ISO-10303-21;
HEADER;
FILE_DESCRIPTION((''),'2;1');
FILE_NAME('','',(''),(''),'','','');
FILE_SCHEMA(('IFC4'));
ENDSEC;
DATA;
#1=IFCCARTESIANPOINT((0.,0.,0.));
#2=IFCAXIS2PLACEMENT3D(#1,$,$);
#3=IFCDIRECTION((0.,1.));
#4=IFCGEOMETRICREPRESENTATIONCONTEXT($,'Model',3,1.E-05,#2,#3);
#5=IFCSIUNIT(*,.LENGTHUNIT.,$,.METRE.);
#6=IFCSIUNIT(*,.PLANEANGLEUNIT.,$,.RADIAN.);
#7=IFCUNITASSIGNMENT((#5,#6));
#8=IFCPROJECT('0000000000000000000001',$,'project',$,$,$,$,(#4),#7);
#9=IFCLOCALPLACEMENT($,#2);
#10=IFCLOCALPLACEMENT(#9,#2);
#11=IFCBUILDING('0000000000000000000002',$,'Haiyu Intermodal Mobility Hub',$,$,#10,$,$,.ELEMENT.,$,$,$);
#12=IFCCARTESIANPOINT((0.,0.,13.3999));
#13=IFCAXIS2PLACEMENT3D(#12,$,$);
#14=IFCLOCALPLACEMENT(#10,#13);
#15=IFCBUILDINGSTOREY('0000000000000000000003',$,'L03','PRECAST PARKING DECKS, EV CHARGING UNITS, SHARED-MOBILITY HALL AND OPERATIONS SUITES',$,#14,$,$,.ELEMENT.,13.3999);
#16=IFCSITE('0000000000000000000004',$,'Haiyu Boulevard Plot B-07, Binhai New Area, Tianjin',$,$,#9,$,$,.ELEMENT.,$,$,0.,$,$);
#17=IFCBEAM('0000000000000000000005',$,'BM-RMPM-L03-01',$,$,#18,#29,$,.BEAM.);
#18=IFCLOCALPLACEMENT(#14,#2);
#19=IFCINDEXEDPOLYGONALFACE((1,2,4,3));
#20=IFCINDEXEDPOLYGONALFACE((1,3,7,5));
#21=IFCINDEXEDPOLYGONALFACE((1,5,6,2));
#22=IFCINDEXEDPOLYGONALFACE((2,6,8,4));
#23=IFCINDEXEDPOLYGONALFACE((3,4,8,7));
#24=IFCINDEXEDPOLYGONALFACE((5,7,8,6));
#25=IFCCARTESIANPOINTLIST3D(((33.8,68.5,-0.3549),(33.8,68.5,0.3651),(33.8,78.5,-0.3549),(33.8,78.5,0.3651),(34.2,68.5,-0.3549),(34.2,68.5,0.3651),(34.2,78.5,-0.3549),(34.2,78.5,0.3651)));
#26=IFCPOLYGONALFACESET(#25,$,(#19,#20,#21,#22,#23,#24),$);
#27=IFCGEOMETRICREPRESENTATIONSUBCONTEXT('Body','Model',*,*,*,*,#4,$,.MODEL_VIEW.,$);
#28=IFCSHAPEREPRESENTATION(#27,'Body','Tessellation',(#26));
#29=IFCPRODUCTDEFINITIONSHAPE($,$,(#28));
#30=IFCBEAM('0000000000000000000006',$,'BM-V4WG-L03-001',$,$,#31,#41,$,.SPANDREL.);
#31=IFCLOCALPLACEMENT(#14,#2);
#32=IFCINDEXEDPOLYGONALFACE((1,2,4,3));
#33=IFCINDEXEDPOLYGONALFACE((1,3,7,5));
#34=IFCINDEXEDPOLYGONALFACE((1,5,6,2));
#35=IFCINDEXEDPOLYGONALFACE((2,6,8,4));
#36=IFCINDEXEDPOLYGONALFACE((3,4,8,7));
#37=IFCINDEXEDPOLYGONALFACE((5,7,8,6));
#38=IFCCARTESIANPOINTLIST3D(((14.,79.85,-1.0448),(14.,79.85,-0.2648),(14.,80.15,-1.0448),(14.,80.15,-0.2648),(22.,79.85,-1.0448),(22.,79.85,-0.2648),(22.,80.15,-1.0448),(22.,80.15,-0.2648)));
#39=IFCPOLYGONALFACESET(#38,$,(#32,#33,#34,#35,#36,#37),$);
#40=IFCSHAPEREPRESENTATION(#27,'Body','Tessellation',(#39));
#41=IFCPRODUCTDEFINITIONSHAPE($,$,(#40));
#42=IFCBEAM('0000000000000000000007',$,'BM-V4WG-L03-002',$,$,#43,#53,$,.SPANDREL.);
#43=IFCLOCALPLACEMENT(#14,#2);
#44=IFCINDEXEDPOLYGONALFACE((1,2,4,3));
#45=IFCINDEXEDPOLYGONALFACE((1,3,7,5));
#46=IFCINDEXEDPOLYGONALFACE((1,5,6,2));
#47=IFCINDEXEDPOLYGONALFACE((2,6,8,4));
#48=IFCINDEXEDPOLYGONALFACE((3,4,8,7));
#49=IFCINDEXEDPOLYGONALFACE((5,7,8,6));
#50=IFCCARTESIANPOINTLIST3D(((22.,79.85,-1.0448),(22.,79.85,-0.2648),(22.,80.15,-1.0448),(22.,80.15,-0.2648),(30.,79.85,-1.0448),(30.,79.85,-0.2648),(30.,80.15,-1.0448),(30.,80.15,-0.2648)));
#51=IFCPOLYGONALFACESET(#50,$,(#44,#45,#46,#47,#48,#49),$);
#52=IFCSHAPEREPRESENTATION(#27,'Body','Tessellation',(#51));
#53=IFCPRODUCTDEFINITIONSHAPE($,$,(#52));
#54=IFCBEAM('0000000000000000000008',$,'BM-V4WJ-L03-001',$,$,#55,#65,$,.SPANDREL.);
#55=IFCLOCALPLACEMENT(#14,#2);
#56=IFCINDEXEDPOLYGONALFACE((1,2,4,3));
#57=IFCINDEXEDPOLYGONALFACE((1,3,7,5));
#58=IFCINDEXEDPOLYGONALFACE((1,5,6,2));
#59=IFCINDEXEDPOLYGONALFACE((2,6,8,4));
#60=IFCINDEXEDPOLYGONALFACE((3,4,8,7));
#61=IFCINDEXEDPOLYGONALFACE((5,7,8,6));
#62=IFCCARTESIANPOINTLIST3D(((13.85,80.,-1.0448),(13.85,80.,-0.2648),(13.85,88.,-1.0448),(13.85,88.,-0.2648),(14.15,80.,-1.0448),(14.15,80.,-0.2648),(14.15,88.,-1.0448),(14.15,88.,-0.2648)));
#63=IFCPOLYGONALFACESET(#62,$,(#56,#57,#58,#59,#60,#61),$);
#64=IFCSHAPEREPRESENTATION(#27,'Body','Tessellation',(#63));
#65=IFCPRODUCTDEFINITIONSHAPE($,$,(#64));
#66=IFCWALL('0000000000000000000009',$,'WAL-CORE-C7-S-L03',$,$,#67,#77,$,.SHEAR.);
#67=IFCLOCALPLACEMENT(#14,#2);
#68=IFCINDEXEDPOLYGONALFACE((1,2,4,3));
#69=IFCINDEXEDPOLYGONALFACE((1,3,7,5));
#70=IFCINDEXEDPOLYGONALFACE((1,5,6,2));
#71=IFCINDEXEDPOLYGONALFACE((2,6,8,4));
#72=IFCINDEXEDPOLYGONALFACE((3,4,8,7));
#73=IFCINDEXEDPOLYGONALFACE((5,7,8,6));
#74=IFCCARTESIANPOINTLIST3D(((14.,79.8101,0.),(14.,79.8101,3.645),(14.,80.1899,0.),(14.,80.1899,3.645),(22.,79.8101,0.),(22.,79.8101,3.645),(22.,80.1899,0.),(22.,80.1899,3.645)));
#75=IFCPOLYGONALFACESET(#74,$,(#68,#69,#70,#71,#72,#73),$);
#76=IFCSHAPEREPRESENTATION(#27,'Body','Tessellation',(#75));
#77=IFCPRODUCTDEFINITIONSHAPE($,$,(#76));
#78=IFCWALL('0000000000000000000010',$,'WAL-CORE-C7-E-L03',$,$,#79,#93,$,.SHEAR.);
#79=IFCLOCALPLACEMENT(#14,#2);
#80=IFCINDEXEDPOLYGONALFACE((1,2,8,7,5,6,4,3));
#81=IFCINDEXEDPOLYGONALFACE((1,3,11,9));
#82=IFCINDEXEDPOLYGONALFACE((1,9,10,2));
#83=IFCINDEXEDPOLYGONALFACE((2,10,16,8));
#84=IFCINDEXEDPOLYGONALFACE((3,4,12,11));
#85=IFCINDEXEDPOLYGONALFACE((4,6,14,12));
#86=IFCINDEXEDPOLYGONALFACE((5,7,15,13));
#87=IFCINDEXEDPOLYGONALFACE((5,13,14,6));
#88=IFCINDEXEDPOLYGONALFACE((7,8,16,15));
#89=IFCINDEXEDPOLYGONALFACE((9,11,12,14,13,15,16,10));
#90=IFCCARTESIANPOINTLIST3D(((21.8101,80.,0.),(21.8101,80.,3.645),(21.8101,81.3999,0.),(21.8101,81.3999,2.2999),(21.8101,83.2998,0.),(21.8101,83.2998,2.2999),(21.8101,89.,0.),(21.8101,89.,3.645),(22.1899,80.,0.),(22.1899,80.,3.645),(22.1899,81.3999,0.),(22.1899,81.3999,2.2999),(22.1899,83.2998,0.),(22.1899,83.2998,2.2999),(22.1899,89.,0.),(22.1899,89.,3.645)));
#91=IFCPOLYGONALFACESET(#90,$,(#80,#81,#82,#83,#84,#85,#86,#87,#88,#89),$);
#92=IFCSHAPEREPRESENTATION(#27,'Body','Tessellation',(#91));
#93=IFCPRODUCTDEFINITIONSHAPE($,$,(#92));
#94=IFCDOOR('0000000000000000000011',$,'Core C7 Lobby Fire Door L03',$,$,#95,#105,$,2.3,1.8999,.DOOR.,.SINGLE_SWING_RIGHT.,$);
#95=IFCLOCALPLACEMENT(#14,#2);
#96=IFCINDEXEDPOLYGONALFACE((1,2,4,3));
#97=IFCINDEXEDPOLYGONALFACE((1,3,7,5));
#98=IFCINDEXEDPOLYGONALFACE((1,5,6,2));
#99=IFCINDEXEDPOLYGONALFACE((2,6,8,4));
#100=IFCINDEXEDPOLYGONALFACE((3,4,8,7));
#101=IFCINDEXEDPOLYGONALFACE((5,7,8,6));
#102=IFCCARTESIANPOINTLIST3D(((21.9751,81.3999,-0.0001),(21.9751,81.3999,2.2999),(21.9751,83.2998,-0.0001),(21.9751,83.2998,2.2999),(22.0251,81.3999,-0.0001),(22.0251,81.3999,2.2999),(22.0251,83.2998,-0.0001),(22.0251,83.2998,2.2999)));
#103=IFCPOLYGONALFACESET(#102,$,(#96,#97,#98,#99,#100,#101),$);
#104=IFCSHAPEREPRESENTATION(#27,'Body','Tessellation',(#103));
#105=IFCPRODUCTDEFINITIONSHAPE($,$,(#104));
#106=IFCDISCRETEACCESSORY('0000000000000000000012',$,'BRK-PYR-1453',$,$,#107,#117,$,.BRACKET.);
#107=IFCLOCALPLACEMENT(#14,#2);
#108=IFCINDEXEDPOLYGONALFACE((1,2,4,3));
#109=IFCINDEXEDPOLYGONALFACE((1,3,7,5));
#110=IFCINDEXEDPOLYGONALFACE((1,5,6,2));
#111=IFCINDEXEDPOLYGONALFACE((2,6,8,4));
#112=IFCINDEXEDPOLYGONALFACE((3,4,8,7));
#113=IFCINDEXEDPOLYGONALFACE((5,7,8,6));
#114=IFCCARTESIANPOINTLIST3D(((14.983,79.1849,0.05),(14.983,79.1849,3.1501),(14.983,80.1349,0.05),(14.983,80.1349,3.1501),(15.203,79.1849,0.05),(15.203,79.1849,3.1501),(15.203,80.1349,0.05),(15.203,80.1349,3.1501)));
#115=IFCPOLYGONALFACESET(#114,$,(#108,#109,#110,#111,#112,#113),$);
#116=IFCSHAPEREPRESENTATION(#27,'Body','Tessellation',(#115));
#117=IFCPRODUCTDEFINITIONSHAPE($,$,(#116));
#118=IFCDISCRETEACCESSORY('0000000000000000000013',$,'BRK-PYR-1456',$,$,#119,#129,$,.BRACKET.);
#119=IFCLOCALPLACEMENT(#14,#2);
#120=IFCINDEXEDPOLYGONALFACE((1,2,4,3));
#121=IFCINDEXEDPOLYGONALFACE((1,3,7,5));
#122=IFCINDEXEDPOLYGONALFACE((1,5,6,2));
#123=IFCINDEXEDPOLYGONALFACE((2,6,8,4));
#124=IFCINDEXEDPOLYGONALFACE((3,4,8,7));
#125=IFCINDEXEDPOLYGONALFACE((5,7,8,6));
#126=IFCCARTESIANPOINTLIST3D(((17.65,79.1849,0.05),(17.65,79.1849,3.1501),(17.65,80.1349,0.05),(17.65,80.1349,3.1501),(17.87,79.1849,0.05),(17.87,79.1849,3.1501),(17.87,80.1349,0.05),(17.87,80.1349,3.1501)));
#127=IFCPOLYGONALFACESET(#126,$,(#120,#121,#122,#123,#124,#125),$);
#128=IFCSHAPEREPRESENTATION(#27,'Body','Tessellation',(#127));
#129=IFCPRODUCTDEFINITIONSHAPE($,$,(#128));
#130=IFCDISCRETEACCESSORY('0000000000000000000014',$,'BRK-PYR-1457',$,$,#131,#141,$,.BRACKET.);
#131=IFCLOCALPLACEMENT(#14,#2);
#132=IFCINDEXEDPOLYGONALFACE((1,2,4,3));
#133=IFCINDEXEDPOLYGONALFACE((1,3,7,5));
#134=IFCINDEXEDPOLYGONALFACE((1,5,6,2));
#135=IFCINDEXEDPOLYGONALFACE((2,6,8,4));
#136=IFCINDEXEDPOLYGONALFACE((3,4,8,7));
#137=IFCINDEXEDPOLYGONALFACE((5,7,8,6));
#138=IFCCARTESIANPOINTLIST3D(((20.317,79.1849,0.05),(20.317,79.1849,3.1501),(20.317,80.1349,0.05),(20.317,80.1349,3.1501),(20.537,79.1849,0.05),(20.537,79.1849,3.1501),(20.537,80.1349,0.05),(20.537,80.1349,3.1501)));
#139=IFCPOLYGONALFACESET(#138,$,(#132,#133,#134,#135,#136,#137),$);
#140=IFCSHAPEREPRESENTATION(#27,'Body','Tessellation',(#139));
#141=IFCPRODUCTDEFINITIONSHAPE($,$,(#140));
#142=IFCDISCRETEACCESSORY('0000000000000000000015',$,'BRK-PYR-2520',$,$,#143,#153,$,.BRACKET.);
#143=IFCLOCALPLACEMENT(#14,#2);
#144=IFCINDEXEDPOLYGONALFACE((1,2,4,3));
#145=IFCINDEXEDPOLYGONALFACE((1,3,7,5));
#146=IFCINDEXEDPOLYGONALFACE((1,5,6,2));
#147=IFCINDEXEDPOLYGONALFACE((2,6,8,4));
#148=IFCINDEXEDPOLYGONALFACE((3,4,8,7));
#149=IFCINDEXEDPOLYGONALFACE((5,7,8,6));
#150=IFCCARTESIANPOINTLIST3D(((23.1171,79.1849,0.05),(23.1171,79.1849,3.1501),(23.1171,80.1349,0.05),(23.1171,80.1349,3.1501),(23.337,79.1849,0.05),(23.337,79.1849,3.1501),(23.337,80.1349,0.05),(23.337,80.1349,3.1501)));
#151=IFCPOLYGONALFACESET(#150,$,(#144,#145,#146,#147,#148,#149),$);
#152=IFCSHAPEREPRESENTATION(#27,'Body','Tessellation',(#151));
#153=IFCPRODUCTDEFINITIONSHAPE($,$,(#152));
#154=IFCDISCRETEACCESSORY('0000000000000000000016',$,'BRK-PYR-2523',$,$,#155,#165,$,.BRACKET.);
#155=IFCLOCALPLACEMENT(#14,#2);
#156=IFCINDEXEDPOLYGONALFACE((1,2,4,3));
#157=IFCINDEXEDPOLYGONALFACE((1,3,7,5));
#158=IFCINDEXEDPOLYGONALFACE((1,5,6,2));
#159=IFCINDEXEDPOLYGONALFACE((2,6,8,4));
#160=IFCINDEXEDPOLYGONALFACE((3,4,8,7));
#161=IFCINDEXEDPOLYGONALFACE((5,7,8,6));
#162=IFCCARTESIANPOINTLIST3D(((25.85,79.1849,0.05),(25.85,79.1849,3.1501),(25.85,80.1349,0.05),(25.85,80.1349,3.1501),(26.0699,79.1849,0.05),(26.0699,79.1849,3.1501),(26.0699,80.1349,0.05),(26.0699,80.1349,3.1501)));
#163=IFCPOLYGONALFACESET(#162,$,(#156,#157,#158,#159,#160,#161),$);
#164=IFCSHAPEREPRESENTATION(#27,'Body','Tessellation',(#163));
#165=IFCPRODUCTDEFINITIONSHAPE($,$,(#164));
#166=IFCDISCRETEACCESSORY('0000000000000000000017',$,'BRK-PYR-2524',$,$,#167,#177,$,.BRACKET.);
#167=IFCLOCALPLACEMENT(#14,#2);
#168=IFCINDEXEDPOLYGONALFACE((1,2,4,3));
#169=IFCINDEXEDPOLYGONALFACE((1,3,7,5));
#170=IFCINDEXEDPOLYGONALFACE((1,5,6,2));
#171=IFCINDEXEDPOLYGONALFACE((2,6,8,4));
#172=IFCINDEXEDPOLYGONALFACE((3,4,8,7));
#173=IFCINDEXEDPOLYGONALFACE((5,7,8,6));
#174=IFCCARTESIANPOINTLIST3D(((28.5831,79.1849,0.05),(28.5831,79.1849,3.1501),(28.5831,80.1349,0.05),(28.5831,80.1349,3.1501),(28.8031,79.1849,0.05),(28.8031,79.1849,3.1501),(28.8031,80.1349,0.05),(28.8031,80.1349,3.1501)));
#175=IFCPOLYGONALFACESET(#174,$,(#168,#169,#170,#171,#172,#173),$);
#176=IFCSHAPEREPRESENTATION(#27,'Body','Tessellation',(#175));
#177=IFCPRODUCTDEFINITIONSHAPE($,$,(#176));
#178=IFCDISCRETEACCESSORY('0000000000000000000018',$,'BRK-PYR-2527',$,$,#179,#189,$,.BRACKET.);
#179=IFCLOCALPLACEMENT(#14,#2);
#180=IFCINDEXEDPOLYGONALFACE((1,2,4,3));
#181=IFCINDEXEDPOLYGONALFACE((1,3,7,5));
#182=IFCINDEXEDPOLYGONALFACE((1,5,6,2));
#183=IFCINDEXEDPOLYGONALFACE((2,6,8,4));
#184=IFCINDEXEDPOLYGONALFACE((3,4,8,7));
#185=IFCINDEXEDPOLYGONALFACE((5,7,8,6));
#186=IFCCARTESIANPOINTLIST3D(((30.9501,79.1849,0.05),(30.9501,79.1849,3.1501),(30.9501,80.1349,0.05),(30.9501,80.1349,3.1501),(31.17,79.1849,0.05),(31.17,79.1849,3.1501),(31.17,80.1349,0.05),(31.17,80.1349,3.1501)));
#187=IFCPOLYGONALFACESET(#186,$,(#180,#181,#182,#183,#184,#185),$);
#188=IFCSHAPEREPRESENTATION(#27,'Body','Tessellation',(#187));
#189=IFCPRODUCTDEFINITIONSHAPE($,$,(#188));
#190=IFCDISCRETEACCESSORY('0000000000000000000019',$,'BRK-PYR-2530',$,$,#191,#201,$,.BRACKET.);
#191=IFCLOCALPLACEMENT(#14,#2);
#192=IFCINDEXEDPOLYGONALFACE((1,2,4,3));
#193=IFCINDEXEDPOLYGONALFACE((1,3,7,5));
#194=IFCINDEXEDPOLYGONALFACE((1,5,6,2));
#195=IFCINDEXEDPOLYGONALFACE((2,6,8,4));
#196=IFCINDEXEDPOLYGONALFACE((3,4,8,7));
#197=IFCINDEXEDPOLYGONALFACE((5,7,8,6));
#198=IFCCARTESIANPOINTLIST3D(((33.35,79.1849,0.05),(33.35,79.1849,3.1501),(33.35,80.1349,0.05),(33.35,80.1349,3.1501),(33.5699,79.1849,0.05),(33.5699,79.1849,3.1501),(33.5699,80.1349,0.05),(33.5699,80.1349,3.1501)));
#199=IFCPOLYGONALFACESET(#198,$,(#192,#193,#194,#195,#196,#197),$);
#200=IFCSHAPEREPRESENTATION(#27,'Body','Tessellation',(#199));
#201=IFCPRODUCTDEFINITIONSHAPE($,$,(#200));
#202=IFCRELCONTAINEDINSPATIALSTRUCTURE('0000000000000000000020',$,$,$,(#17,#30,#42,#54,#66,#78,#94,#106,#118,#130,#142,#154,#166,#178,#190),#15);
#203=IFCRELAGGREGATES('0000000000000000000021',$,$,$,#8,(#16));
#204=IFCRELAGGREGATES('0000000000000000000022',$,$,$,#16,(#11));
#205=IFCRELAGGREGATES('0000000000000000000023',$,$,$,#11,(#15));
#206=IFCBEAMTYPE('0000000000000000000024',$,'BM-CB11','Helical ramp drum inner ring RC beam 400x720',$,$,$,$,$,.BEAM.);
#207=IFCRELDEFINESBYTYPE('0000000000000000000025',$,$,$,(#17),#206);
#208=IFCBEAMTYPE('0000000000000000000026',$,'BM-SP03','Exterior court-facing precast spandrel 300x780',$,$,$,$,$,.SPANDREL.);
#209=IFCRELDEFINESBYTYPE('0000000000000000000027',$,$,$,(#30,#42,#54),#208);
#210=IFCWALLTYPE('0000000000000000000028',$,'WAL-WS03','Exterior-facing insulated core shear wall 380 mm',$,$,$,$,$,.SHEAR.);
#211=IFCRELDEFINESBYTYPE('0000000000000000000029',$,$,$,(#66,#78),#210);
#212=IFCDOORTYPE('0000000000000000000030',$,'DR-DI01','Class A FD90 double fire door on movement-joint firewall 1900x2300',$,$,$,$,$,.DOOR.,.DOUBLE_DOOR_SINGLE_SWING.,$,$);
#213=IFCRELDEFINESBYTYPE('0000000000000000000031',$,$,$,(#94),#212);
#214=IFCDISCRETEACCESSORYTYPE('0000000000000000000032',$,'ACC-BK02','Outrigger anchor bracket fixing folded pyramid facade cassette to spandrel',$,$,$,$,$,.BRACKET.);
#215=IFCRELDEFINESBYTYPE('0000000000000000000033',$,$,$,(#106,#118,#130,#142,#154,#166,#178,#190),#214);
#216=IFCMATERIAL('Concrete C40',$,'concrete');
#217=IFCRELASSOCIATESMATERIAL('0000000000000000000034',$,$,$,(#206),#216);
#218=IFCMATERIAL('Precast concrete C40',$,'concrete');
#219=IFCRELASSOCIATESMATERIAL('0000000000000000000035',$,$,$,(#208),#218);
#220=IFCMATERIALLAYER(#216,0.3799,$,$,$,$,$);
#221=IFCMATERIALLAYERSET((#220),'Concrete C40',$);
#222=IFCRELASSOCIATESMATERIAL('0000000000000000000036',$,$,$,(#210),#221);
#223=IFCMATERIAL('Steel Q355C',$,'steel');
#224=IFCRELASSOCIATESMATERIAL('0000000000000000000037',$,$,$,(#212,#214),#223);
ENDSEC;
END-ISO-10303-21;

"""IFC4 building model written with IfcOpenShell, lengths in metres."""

from ifc_helpers import new_model, si_unit, direction, frame, frame_2d, origin, origin_2d, place, context, subcontext, project, spatial, rectangle, extrude, material, layer, layer_set, material_profile, profile_set, type_object, element, fill, save


model = new_model("IFC4")

# Units and contexts
model_context = context("Model", 3, precision=1e-05, world=origin(), true_north=direction((0.0, 1.0)))
body_context = subcontext(model_context, "Body", "Model", "MODEL_VIEW")
ifc_project = project(units=[si_unit("LENGTHUNIT", "METRE"), si_unit("PLANEANGLEUNIT", "RADIAN")], contexts=[model_context])

# Site, building, storey
site_placement = place(None, origin())
site = spatial("IfcSite", under=ifc_project, at=site_placement, Name="Haiyu Boulevard Plot B-07, Binhai New Area, Tianjin", CompositionType="ELEMENT", RefElevation=0.0)
building_placement = place(site_placement, origin())
building = spatial("IfcBuilding", under=site, at=building_placement, Name="Haiyu Intermodal Mobility Hub", CompositionType="ELEMENT")
storey_placement = place(building_placement, frame((0.0, 0.0, 13.3999)))
storey = spatial("IfcBuildingStorey", under=building, at=storey_placement, Name="L03", Description="PRECAST PARKING DECKS, EV CHARGING UNITS, SHARED-MOBILITY HALL AND OPERATIONS SUITES", CompositionType="ELEMENT", Elevation=13.3999)

# Shared definitions
ifc_material_1 = material(Name="Concrete C40", Category="concrete")

# Beams
ifc_material_profile_1 = material_profile(ifc_material_1, rectangle(XDim=0.3999, YDim=0.72, at=origin_2d()), Name="RCB400x720")
ifc_profile_set_1 = profile_set([ifc_material_profile_1], Name="Concrete C40")
beam_type_1 = type_object("IfcBeamType", Name="BM-CB11", Description="Helical ramp drum inner ring RC beam 400x720", PredefinedType="BEAM", material=ifc_profile_set_1)
for number, where, z_axis, x_axis, name in (
    (1, (34.0, 68.5, 0.0051), (0.0, 1.0, 0.0), (-1.0, 0.0, 0.0), "BM-RMPM-L03-01"),
):
    element("IfcBeam", number, at=place(storey_placement, frame(where, z_axis=z_axis, x_axis=x_axis)), inside=storey, type_object=beam_type_1, Name=name, PredefinedType="BEAM", context=body_context, shape_type="SweptSolid", body=[
        extrude(rectangle(XDim=0.3999, YDim=0.72, at=origin_2d()), origin(), (0.0, 0.0, 1.0), 10.0),
    ])
ifc_material_2 = material(Name="Precast concrete C40", Category="concrete")
ifc_material_profile_2 = material_profile(ifc_material_2, rectangle(XDim=0.3, YDim=0.78, at=origin_2d()), Name="PC300x780")
ifc_profile_set_2 = profile_set([ifc_material_profile_2], Name="Precast concrete C40")
beam_type_2 = type_object("IfcBeamType", Name="BM-SP03", Description="Exterior court-facing precast spandrel 300x780", PredefinedType="SPANDREL", material=ifc_profile_set_2)
for number, where, z_axis, x_axis, name in (
    (2, (14.0, 80.0, -0.6548), (1.0, 0.0, 0.0), (0.0, 1.0, 0.0), "BM-V4WG-L03-001"),
    (3, (22.0, 80.0, -0.6548), (1.0, 0.0, 0.0), (0.0, 1.0, 0.0), "BM-V4WG-L03-002"),
    (4, (14.0, 80.0, -0.6548), (0.0, 1.0, 0.0), (-1.0, 0.0, 0.0), "BM-V4WJ-L03-001"),
):
    element("IfcBeam", number, at=place(storey_placement, frame(where, z_axis=z_axis, x_axis=x_axis)), inside=storey, type_object=beam_type_2, Name=name, PredefinedType="SPANDREL", context=body_context, shape_type="SweptSolid", body=[
        extrude(rectangle(XDim=0.3, YDim=0.78, at=origin_2d()), origin(), (0.0, 0.0, 1.0), 8.0),
    ])

# Wall
ifc_layer = layer(ifc_material_1, 0.3799)
ifc_layer_set = layer_set([ifc_layer], Name="Concrete C40")
wall_type = type_object("IfcWallType", Name="WAL-WS03", Description="Exterior-facing insulated core shear wall 380 mm", PredefinedType="SHEAR", material=ifc_layer_set)
wall_1_placement = place(storey_placement, frame((14.0, 80.0, 0.0), z_axis=(0.0, 0.0, 1.0), x_axis=(1.0, 0.0, 0.0)))
element("IfcWall", 5, at=wall_1_placement, inside=storey, type_object=wall_type, Name="WAL-CORE-C7-S-L03", PredefinedType="SHEAR", context=body_context, shape_type="SweptSolid", body=[
    extrude(rectangle(XDim=8.0, YDim=0.3799, at=frame_2d((4.0, 0.0))), origin(), (0.0, 0.0, 1.0), 3.645),
])

# Wall, opening, door
wall_2_placement = place(storey_placement, frame((22.0, 80.0, 0.0), z_axis=(0.0, 0.0, 1.0), x_axis=(0.0, 1.0, 0.0)))
wall_2 = element("IfcWall", 6, at=wall_2_placement, inside=storey, type_object=wall_type, Name="WAL-CORE-C7-E-L03", PredefinedType="SHEAR", context=body_context, shape_type="SweptSolid", body=[
    extrude(rectangle(XDim=9.0, YDim=0.3799, at=frame_2d((4.5, 0.0))), origin(), (0.0, 0.0, 1.0), 3.645),
])
opening_placement = place(wall_2_placement, frame((1.3999, 0.0, 0.0)))
opening = element("IfcOpeningElement", 7, at=opening_placement, cuts=wall_2, PredefinedType="OPENING", context=body_context, shape_type="SweptSolid", body=[
    extrude(rectangle(XDim=1.8999, YDim=2.3, at=frame_2d((0.95, 1.1499))), frame((0.0, 0.2, 0.0), z_axis=(0.0, -1.0, 0.0), x_axis=(1.0, 0.0, 0.0)), (0.0, 0.0, 1.0), 0.3999),
])
ifc_material_3 = material(Name="Steel Q355C", Category="steel")
door_type = type_object("IfcDoorType", Name="DR-DI01", Description="Class A FD90 double fire door on movement-joint firewall 1900x2300", OperationType="DOUBLE_DOOR_SINGLE_SWING", PredefinedType="DOOR", material=ifc_material_3)
door_placement = place(opening_placement, origin())
door = element("IfcDoor", 8, at=door_placement, inside=storey, type_object=door_type, Name="Core C7 Lobby Fire Door L03", OperationType="SINGLE_SWING_RIGHT", OverallHeight=2.3, OverallWidth=1.8999, PredefinedType="DOOR", context=body_context, shape_type="SweptSolid", body=[
    extrude(rectangle(XDim=1.8999, YDim=2.3, at=frame_2d((0.95, 1.1499))), frame((0.0, 0.0249, 0.0), z_axis=(0.0, -1.0, 0.0), x_axis=(1.0, 0.0, 0.0)), (0.0, 0.0, 1.0), 0.05),
])
fill(opening, door)

# Discrete accessories
discrete_accessory_type = type_object("IfcDiscreteAccessoryType", Name="ACC-BK02", Description="Outrigger anchor bracket fixing folded pyramid facade cassette to spandrel", PredefinedType="BRACKET", material=ifc_material_3)
for number, where, z_axis, x_axis, name in (
    (9, (15.093, 79.6599, 0.05), (0.0, 0.0, 1.0), (1.0, 0.0, 0.0), "BRK-PYR-1453"),
    (10, (17.76, 79.6599, 0.05), (0.0, 0.0, 1.0), (1.0, 0.0, 0.0), "BRK-PYR-1456"),
    (11, (20.427, 79.6599, 0.05), (0.0, 0.0, 1.0), (1.0, 0.0, 0.0), "BRK-PYR-1457"),
    (12, (23.2271, 79.6599, 0.05), (0.0, 0.0, 1.0), (1.0, 0.0, 0.0), "BRK-PYR-2520"),
    (13, (25.96, 79.6599, 0.05), (0.0, 0.0, 1.0), (1.0, 0.0, 0.0), "BRK-PYR-2523"),
    (14, (28.6931, 79.6599, 0.05), (0.0, 0.0, 1.0), (1.0, 0.0, 0.0), "BRK-PYR-2524"),
    (15, (31.0601, 79.6599, 0.05), (0.0, 0.0, 1.0), (1.0, 0.0, 0.0), "BRK-PYR-2527"),
    (16, (33.46, 79.6599, 0.05), (0.0, 0.0, 1.0), (1.0, 0.0, 0.0), "BRK-PYR-2530"),
):
    element("IfcDiscreteAccessory", number, at=place(storey_placement, frame(where, z_axis=z_axis, x_axis=x_axis)), inside=storey, type_object=discrete_accessory_type, Name=name, PredefinedType="BRACKET", context=body_context, shape_type="SweptSolid", body=[
        extrude(rectangle(XDim=0.22, YDim=0.95, at=origin_2d()), origin(), (0.0, 0.0, 1.0), 3.1001),
    ])

save(model, "model.ifc")
